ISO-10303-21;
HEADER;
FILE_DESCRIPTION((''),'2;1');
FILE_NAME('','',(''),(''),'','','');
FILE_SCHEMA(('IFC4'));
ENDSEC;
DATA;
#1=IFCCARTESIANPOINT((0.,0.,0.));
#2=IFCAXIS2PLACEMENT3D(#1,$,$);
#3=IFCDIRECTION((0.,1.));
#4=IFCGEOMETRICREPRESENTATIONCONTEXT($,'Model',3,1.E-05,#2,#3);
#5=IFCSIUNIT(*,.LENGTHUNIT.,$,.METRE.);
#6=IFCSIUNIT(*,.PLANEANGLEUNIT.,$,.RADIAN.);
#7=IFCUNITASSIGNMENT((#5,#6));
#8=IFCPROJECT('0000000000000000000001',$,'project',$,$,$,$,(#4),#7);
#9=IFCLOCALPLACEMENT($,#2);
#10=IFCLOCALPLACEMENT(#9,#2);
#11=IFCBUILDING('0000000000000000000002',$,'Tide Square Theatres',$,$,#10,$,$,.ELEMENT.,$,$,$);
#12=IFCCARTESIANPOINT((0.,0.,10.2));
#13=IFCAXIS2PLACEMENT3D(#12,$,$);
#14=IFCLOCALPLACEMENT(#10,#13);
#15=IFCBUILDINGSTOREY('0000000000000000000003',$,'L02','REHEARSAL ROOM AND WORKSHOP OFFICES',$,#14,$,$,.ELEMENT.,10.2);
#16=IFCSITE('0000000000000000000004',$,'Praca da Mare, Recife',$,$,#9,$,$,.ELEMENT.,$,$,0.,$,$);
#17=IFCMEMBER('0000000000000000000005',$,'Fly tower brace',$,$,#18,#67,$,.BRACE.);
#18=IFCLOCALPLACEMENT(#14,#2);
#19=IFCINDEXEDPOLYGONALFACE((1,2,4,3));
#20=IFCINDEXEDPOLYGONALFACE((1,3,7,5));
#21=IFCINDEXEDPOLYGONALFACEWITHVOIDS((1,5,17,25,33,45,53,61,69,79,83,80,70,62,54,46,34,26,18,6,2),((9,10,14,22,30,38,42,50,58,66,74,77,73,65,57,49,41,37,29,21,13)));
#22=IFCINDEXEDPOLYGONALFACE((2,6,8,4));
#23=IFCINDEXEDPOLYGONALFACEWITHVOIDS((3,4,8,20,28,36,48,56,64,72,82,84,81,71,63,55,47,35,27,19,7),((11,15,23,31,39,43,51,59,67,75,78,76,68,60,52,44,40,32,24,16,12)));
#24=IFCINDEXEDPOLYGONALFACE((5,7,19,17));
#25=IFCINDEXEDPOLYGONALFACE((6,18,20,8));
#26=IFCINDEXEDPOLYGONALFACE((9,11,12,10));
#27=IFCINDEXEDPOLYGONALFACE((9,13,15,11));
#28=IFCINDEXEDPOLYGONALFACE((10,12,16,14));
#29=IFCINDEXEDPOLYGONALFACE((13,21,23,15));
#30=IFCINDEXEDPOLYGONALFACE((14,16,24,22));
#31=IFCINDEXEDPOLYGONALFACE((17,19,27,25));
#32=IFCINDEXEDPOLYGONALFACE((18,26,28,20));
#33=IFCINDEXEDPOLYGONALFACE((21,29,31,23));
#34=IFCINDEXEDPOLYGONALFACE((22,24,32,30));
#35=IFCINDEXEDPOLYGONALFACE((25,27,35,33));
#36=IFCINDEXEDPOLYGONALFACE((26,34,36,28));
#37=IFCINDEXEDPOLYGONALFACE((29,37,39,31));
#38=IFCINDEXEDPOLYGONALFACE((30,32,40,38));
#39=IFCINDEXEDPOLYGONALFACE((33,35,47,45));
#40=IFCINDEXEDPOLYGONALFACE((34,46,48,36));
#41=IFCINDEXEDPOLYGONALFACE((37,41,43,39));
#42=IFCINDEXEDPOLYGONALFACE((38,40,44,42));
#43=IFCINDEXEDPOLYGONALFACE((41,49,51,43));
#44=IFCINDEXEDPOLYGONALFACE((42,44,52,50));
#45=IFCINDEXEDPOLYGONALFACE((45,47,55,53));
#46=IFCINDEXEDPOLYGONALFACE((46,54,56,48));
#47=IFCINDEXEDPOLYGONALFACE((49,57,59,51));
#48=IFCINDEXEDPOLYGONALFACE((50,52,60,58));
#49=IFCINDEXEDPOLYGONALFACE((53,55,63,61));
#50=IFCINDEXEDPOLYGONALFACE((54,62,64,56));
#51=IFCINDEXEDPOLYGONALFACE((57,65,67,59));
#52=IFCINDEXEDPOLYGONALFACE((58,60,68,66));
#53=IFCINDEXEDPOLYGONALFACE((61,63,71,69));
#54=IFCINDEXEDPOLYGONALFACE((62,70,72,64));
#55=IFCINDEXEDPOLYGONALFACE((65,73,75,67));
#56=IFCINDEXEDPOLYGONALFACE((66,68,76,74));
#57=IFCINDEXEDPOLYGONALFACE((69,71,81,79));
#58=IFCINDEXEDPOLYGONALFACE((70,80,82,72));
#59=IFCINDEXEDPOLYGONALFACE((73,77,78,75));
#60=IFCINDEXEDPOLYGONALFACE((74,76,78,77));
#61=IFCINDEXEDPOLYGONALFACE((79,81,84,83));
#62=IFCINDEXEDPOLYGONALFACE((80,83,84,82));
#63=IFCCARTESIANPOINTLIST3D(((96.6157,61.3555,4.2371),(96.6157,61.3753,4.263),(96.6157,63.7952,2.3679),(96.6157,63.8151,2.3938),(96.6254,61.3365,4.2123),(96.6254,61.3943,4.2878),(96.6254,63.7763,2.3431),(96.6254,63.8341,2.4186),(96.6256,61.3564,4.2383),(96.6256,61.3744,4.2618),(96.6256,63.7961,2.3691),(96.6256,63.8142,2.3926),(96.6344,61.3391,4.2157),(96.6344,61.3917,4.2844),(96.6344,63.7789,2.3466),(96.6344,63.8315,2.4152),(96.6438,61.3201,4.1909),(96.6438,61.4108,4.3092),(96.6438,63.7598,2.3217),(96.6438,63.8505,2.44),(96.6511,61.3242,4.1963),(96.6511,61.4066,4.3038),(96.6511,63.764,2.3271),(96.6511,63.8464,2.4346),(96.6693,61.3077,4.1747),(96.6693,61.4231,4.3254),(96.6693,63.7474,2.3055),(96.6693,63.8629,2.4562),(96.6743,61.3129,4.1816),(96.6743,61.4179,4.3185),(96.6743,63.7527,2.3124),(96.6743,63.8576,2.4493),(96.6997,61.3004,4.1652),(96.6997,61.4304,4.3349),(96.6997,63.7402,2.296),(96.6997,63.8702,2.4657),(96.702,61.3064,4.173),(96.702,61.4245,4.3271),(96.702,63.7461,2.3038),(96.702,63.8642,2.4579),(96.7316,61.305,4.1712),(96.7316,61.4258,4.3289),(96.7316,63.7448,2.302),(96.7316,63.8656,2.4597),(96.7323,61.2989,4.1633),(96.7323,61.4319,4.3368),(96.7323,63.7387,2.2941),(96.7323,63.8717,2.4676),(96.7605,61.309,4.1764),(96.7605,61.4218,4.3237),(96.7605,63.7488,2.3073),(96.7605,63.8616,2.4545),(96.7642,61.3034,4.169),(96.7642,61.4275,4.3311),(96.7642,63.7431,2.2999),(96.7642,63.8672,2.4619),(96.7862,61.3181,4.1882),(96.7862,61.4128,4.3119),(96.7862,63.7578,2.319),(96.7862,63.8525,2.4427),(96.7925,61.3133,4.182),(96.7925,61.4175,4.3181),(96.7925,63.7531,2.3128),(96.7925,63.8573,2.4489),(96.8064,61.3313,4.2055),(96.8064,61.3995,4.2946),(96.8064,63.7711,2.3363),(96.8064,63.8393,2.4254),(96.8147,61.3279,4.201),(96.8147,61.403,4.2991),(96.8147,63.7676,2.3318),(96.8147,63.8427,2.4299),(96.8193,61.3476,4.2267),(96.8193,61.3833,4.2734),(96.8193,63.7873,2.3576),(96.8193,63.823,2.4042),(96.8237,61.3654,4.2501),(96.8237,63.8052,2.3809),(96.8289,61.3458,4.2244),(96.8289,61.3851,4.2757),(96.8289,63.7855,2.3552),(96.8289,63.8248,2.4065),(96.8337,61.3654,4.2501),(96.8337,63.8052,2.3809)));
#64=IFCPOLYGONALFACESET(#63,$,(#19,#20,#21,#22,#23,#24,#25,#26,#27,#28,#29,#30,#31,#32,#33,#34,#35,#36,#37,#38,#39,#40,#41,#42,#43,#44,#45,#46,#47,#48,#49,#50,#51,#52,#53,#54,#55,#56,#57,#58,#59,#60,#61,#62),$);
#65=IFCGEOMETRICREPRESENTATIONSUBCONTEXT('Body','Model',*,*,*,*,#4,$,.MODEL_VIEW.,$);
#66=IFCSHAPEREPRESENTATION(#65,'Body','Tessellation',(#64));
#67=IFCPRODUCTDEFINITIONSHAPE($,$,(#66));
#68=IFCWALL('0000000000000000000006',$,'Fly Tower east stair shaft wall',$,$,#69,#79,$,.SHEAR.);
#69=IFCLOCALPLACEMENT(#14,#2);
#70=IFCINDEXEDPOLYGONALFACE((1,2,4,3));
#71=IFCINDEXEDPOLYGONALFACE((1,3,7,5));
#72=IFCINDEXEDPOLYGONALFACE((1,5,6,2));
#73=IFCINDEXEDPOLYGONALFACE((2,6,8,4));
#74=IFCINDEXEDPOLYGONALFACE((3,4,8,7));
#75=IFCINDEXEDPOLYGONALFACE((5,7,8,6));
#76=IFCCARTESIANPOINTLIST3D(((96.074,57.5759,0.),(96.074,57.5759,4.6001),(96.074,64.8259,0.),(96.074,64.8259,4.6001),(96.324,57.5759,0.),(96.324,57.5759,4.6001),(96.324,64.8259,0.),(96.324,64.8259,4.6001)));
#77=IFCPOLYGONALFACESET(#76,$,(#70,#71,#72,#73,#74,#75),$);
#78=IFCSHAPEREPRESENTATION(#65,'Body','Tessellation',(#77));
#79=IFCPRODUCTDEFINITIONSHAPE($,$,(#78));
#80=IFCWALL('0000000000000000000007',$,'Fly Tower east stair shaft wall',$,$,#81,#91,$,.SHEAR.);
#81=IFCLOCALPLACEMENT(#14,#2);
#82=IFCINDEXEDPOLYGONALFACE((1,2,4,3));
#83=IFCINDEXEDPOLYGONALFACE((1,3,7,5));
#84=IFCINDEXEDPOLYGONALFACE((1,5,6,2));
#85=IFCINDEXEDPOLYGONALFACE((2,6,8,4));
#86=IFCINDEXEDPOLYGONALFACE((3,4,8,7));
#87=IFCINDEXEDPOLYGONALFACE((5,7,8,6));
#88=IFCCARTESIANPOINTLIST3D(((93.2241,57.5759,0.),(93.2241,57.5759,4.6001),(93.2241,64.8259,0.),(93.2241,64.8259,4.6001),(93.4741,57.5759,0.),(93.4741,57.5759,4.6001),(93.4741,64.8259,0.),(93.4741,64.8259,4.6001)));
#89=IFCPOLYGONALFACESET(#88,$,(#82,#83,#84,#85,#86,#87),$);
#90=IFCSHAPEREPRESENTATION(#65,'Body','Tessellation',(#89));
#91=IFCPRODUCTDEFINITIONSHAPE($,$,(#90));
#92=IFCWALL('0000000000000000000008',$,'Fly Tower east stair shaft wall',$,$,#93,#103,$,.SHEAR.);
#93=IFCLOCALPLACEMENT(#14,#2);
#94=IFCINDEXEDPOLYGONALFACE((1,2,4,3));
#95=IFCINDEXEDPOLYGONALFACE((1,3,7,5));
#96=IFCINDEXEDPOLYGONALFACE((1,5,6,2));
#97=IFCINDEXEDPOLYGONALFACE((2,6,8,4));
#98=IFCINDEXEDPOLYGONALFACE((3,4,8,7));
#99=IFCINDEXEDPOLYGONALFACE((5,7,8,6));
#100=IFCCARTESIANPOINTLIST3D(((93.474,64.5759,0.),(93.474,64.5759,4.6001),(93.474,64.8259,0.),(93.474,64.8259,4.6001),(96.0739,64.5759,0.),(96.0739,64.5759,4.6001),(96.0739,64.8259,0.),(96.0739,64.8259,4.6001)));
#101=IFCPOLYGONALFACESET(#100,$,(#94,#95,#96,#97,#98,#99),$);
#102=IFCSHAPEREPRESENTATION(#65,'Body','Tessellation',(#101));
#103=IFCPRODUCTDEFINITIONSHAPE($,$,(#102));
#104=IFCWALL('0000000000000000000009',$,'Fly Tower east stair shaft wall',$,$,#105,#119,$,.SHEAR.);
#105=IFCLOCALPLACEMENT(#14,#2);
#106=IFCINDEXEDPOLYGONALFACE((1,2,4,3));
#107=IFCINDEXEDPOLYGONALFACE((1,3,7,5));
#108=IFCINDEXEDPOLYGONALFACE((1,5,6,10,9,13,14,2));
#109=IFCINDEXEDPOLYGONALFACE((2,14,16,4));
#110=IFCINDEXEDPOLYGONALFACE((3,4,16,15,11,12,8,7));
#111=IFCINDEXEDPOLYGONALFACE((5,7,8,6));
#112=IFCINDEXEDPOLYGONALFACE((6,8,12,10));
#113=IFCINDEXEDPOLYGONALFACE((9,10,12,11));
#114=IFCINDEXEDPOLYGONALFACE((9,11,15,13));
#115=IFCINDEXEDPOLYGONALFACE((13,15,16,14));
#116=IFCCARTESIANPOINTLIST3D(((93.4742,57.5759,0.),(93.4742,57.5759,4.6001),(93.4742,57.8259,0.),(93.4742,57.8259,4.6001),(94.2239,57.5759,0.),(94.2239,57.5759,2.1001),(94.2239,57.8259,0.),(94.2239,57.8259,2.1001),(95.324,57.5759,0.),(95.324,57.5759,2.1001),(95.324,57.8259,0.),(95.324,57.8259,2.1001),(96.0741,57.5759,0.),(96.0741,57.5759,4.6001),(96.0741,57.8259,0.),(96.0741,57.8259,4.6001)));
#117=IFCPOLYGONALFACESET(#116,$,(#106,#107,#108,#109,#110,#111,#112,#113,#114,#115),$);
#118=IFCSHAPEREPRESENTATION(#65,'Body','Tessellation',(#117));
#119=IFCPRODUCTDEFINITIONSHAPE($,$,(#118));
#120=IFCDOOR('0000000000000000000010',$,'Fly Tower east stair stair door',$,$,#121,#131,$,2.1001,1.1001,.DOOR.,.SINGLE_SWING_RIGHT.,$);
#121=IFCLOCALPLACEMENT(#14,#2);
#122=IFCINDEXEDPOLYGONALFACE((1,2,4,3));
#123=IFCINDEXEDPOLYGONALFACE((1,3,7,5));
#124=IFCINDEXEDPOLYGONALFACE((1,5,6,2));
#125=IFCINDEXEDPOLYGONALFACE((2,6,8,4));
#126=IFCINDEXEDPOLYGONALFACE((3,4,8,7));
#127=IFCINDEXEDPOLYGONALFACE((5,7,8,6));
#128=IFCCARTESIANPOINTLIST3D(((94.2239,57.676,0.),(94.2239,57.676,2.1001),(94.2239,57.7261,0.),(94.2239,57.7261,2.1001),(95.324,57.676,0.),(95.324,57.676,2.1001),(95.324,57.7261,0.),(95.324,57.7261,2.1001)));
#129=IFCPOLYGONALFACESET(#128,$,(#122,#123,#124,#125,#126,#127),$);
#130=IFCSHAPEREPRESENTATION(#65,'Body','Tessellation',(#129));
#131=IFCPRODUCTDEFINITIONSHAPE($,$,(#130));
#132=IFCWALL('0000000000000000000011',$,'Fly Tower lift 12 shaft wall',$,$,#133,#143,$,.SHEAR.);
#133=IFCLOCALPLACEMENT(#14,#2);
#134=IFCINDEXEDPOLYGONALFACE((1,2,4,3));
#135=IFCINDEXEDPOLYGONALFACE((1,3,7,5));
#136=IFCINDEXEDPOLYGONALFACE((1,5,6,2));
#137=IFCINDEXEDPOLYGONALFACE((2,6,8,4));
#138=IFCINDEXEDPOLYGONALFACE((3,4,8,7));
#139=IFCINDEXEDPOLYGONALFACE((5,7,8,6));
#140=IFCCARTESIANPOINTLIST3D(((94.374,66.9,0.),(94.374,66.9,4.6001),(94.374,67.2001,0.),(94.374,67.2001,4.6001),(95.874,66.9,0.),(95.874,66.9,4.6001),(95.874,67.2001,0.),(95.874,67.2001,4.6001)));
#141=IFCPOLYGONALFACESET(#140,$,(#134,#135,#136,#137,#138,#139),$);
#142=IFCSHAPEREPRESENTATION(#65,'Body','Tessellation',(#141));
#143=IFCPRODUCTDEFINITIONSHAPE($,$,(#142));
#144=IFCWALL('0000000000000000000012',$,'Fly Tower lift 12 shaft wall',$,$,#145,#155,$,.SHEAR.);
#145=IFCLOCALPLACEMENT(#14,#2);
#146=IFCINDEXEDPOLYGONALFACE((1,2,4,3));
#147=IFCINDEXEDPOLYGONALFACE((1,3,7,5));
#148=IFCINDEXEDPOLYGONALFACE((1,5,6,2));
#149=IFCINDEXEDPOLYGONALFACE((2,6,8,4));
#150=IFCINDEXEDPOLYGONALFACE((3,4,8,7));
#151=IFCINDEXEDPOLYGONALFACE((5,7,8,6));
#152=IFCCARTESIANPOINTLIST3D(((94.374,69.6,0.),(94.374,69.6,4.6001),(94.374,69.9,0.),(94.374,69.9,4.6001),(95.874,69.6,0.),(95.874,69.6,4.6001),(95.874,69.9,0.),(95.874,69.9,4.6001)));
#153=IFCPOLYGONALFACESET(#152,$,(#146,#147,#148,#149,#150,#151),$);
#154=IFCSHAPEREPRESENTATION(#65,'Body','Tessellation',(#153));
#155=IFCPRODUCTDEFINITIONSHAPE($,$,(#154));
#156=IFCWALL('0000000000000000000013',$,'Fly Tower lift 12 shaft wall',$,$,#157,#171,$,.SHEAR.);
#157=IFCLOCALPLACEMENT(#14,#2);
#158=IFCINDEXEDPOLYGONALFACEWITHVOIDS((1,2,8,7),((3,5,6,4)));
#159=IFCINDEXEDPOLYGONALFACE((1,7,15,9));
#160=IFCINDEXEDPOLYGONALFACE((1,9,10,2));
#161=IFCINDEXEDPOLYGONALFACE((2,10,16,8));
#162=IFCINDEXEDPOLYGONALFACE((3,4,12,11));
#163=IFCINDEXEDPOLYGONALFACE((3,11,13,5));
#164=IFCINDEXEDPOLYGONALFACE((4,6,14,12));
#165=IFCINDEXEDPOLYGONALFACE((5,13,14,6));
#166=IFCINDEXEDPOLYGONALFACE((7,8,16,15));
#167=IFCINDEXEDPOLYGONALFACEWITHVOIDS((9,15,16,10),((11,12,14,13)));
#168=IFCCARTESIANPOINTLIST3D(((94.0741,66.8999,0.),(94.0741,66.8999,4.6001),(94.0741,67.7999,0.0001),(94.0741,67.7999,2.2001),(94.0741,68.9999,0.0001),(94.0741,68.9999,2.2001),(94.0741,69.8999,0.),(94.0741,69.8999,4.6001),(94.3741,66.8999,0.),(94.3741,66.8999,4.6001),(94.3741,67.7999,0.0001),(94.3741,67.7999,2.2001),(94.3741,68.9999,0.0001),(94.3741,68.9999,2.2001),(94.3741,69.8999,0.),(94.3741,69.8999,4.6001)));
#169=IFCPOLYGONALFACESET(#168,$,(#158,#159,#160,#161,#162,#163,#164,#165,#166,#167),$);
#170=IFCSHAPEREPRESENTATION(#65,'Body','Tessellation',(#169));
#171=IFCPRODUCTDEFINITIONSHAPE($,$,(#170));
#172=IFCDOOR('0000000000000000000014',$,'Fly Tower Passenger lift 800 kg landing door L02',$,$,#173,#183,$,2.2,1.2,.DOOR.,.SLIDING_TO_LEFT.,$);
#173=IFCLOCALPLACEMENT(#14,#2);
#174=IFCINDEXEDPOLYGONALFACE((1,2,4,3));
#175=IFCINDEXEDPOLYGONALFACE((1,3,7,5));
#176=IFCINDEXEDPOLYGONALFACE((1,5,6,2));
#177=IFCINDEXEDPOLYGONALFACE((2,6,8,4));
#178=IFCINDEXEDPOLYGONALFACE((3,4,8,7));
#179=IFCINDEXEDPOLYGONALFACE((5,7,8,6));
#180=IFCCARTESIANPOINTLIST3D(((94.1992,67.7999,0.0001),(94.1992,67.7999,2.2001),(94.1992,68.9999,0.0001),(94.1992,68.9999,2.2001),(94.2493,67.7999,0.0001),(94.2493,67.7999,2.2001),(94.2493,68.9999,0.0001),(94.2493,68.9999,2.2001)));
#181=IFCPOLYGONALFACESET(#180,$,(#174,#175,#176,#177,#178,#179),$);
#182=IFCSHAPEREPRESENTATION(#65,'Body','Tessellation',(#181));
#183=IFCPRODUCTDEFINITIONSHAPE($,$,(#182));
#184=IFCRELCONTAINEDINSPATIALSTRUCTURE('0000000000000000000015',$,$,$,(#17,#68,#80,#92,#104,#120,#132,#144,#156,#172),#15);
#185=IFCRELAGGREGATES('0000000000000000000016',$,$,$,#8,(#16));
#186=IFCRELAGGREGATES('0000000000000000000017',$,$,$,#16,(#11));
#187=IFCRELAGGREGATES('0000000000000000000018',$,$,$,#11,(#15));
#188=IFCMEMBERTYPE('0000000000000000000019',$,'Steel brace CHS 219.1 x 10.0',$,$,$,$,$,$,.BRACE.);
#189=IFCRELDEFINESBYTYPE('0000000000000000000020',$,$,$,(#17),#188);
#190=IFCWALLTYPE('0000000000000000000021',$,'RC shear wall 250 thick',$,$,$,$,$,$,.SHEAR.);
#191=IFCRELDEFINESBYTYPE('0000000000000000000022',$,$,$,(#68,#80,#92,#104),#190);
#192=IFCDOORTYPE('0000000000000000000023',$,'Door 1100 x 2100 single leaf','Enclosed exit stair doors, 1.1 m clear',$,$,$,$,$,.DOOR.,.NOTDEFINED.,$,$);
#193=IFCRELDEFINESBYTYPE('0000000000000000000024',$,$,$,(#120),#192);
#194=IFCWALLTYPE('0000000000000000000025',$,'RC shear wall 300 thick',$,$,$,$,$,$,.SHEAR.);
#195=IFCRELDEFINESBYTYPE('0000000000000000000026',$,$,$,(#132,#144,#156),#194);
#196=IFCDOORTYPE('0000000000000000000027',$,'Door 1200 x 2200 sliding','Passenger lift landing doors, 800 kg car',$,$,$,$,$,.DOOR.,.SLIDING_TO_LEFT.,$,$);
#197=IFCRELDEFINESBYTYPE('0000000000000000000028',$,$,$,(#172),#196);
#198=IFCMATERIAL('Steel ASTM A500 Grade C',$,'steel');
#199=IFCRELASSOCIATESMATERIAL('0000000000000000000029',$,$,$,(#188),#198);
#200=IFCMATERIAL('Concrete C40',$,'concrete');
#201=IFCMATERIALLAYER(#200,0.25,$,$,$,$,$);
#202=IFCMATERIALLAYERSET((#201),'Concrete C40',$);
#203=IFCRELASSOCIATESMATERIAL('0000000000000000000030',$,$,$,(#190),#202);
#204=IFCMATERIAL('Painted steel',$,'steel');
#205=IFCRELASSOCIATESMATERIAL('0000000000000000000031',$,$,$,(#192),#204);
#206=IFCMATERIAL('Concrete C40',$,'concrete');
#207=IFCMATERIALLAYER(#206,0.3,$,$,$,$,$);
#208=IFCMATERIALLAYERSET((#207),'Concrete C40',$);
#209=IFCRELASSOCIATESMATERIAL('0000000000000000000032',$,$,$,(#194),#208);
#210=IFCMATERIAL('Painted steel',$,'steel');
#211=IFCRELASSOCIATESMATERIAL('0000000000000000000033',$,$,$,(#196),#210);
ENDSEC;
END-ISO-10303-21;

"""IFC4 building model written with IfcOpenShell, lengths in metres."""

from ifc_helpers import new_model, si_unit, direction, frame, frame_2d, origin, origin_2d, place, context, subcontext, project, spatial, rectangle, hollow_circle, extrude, material, layer, layer_set, material_profile, profile_set, type_object, element, fill, save


model = new_model("IFC4")

# Units and contexts
model_context = context("Model", 3, precision=1e-05, world=origin(), true_north=direction((0.0, 1.0)))
body_context = subcontext(model_context, "Body", "Model", "MODEL_VIEW")
ifc_project = project(units=[si_unit("LENGTHUNIT", "METRE"), si_unit("PLANEANGLEUNIT", "RADIAN")], contexts=[model_context])

# Site, building, storey
site_placement = place(None, origin())
site = spatial("IfcSite", under=ifc_project, at=site_placement, Name="Praca da Mare, Recife", CompositionType="ELEMENT", RefElevation=0.0)
building_placement = place(site_placement, origin())
building = spatial("IfcBuilding", under=site, at=building_placement, Name="Tide Square Theatres", CompositionType="ELEMENT")
storey_placement = place(building_placement, frame((0.0, 0.0, 10.2)))
storey = spatial("IfcBuildingStorey", under=building, at=storey_placement, Name="L02", Description="REHEARSAL ROOM AND WORKSHOP OFFICES", CompositionType="ELEMENT", Elevation=10.2)

# Member
ifc_material_1 = material(Name="Steel ASTM A500 Grade C", Category="steel")
ifc_material_profile_1 = material_profile(ifc_material_1, hollow_circle(Radius=0.1096, WallThickness=0.01, at=origin_2d()))
ifc_profile_set_1 = profile_set([ifc_material_profile_1], Name="Steel ASTM A500 Grade C")
member_type = type_object("IfcMemberType", Name="Steel brace CHS 219.1 x 10.0", PredefinedType="BRACE", material=ifc_profile_set_1)
member_1_placement = place(storey_placement, frame((96.7241, 63.8052, 2.3809), z_axis=(0.0, -0.79381, 0.608166), x_axis=(1.0, 0.0, 0.0)))
element("IfcMember", 1, at=member_1_placement, inside=storey, type_object=member_type, Name="Fly tower brace", PredefinedType="BRACE", context=body_context, shape_type="SweptSolid", body=[
    extrude(hollow_circle(Radius=0.1096, WallThickness=0.01, at=origin_2d()), origin(), (0.0, 0.0, 1.0), 3.0735),
])

# Walls
ifc_material_2 = material(Name="Concrete C40", Category="concrete")
ifc_layer_1 = layer(ifc_material_2, 0.25)
ifc_layer_set_1 = layer_set([ifc_layer_1], Name="Concrete C40")
wall_type_1 = type_object("IfcWallType", Name="RC shear wall 250 thick", PredefinedType="SHEAR", material=ifc_layer_set_1)
for number, where, z_axis, x_axis, name in (
    (2, (96.199, 57.5759, 0.0), (0.0, 0.0, 1.0), (0.0, 1.0, 0.0), "Fly Tower east stair shaft wall"),
    (3, (93.3491, 64.8259, 0.0), (0.0, 0.0, 1.0), (0.0, -1.0, 0.0), "Fly Tower east stair shaft wall"),
):
    element("IfcWall", number, at=place(storey_placement, frame(where, z_axis=z_axis, x_axis=x_axis)), inside=storey, type_object=wall_type_1, Name=name, PredefinedType="SHEAR", context=body_context, shape_type="SweptSolid", body=[
        extrude(rectangle(XDim=7.25, YDim=0.25, at=frame_2d((3.625, 0.0))), origin(), (0.0, 0.0, 1.0), 4.6001),
    ])
wall_1_placement = place(storey_placement, frame((93.4741, 64.7009, 0.0), z_axis=(0.0, 0.0, 1.0), x_axis=(1.0, 0.0, 0.0)))
element("IfcWall", 4, at=wall_1_placement, inside=storey, type_object=wall_type_1, Name="Fly Tower east stair shaft wall", PredefinedType="SHEAR", context=body_context, shape_type="SweptSolid", body=[
    extrude(rectangle(XDim=2.5999, YDim=0.25, at=frame_2d((1.2998, 0.0))), origin(), (0.0, 0.0, 1.0), 4.6001),
])

# Wall, opening, door
wall_2_placement = place(storey_placement, frame((96.074, 57.7009, 0.0), z_axis=(0.0, 0.0, 1.0), x_axis=(-1.0, 0.0, 0.0)))
wall_2 = element("IfcWall", 5, at=wall_2_placement, inside=storey, type_object=wall_type_1, Name="Fly Tower east stair shaft wall", PredefinedType="SHEAR", context=body_context, shape_type="SweptSolid", body=[
    extrude(rectangle(XDim=2.5999, YDim=0.25, at=frame_2d((1.2998, 0.0))), origin(), (0.0, 0.0, 1.0), 4.6001),
])
opening_1_placement = place(wall_2_placement, frame((0.75, 0.0, 0.0)))
opening_1 = element("IfcOpeningElement", 6, at=opening_1_placement, cuts=wall_2, PredefinedType="OPENING", context=body_context, shape_type="SweptSolid", body=[
    extrude(rectangle(XDim=1.1001, YDim=2.1001, at=frame_2d((0.55, 1.05))), frame((0.0, 0.135, 0.0), z_axis=(0.0, -1.0, 0.0), x_axis=(1.0, 0.0, 0.0)), (0.0, 0.0, 1.0), 0.27),
])
ifc_material_3 = material(Name="Painted steel", Category="steel")
door_type_1 = type_object("IfcDoorType", Name="Door 1100 x 2100 single leaf", Description="Enclosed exit stair doors, 1.1 m clear", OperationType="NOTDEFINED", PredefinedType="DOOR", material=ifc_material_3)
door_1_placement = place(opening_1_placement, origin())
door_1 = element("IfcDoor", 7, at=door_1_placement, inside=storey, type_object=door_type_1, Name="Fly Tower east stair stair door", OperationType="SINGLE_SWING_RIGHT", OverallHeight=2.1001, OverallWidth=1.1001, PredefinedType="DOOR", context=body_context, shape_type="SweptSolid", body=[
    extrude(rectangle(XDim=1.1001, YDim=2.1001, at=frame_2d((0.55, 1.05))), frame((0.0, 0.0249, 0.0), z_axis=(0.0, -1.0, 0.0), x_axis=(1.0, 0.0, 0.0)), (0.0, 0.0, 1.0), 0.05),
])
fill(opening_1, door_1)

# Walls
ifc_material_4 = material(Name="Concrete C40", Category="concrete")
ifc_layer_2 = layer(ifc_material_4, 0.3)
ifc_layer_set_2 = layer_set([ifc_layer_2], Name="Concrete C40")
wall_type_2 = type_object("IfcWallType", Name="RC shear wall 300 thick", PredefinedType="SHEAR", material=ifc_layer_set_2)
for number, where, z_axis, x_axis, name in (
    (8, (94.374, 67.05, 0.0), (0.0, 0.0, 1.0), (1.0, 0.0, 0.0), "Fly Tower lift 12 shaft wall"),
    (9, (95.874, 69.75, 0.0), (0.0, 0.0, 1.0), (-1.0, 0.0, 0.0), "Fly Tower lift 12 shaft wall"),
):
    element("IfcWall", number, at=place(storey_placement, frame(where, z_axis=z_axis, x_axis=x_axis)), inside=storey, type_object=wall_type_2, Name=name, PredefinedType="SHEAR", context=body_context, shape_type="SweptSolid", body=[
        extrude(rectangle(XDim=1.5, YDim=0.3, at=frame_2d((0.75, 0.0))), origin(), (0.0, 0.0, 1.0), 4.6001),
    ])

# Wall, opening, door
wall_3_placement = place(storey_placement, frame((94.2241, 66.8999, 0.0), z_axis=(0.0, 0.0, 1.0), x_axis=(0.0, 1.0, 0.0)))
wall_3 = element("IfcWall", 10, at=wall_3_placement, inside=storey, type_object=wall_type_2, Name="Fly Tower lift 12 shaft wall", PredefinedType="SHEAR", context=body_context, shape_type="SweptSolid", body=[
    extrude(rectangle(XDim=3.0, YDim=0.3, at=frame_2d((1.5, 0.0))), origin(), (0.0, 0.0, 1.0), 4.6001),
])
opening_2_placement = place(wall_3_placement, frame((0.8999, 0.0, 0.0)))
opening_2 = element("IfcOpeningElement", 11, at=opening_2_placement, cuts=wall_3, PredefinedType="OPENING", context=body_context, shape_type="SweptSolid", body=[
    extrude(rectangle(XDim=1.2, YDim=2.2, at=frame_2d((0.6001, 1.1001))), frame((0.0, 0.1599, 0.0), z_axis=(0.0, -1.0, 0.0), x_axis=(1.0, 0.0, 0.0)), (0.0, 0.0, 1.0), 0.3201),
])
ifc_material_5 = material(Name="Painted steel", Category="steel")
door_type_2 = type_object("IfcDoorType", Name="Door 1200 x 2200 sliding", Description="Passenger lift landing doors, 800 kg car", OperationType="SLIDING_TO_LEFT", PredefinedType="DOOR", material=ifc_material_5)
door_2_placement = place(opening_2_placement, origin())
door_2 = element("IfcDoor", 12, at=door_2_placement, inside=storey, type_object=door_type_2, Name="Fly Tower Passenger lift 800 kg landing door L02", OperationType="SLIDING_TO_LEFT", OverallHeight=2.2, OverallWidth=1.2, PredefinedType="DOOR", context=body_context, shape_type="SweptSolid", body=[
    extrude(rectangle(XDim=1.2, YDim=2.2, at=frame_2d((0.6001, 1.1001))), frame((0.0, 0.0249, 0.0), z_axis=(0.0, -1.0, 0.0), x_axis=(1.0, 0.0, 0.0)), (0.0, 0.0, 1.0), 0.05),
])
fill(opening_2, door_2)

save(model, "model.ifc")
